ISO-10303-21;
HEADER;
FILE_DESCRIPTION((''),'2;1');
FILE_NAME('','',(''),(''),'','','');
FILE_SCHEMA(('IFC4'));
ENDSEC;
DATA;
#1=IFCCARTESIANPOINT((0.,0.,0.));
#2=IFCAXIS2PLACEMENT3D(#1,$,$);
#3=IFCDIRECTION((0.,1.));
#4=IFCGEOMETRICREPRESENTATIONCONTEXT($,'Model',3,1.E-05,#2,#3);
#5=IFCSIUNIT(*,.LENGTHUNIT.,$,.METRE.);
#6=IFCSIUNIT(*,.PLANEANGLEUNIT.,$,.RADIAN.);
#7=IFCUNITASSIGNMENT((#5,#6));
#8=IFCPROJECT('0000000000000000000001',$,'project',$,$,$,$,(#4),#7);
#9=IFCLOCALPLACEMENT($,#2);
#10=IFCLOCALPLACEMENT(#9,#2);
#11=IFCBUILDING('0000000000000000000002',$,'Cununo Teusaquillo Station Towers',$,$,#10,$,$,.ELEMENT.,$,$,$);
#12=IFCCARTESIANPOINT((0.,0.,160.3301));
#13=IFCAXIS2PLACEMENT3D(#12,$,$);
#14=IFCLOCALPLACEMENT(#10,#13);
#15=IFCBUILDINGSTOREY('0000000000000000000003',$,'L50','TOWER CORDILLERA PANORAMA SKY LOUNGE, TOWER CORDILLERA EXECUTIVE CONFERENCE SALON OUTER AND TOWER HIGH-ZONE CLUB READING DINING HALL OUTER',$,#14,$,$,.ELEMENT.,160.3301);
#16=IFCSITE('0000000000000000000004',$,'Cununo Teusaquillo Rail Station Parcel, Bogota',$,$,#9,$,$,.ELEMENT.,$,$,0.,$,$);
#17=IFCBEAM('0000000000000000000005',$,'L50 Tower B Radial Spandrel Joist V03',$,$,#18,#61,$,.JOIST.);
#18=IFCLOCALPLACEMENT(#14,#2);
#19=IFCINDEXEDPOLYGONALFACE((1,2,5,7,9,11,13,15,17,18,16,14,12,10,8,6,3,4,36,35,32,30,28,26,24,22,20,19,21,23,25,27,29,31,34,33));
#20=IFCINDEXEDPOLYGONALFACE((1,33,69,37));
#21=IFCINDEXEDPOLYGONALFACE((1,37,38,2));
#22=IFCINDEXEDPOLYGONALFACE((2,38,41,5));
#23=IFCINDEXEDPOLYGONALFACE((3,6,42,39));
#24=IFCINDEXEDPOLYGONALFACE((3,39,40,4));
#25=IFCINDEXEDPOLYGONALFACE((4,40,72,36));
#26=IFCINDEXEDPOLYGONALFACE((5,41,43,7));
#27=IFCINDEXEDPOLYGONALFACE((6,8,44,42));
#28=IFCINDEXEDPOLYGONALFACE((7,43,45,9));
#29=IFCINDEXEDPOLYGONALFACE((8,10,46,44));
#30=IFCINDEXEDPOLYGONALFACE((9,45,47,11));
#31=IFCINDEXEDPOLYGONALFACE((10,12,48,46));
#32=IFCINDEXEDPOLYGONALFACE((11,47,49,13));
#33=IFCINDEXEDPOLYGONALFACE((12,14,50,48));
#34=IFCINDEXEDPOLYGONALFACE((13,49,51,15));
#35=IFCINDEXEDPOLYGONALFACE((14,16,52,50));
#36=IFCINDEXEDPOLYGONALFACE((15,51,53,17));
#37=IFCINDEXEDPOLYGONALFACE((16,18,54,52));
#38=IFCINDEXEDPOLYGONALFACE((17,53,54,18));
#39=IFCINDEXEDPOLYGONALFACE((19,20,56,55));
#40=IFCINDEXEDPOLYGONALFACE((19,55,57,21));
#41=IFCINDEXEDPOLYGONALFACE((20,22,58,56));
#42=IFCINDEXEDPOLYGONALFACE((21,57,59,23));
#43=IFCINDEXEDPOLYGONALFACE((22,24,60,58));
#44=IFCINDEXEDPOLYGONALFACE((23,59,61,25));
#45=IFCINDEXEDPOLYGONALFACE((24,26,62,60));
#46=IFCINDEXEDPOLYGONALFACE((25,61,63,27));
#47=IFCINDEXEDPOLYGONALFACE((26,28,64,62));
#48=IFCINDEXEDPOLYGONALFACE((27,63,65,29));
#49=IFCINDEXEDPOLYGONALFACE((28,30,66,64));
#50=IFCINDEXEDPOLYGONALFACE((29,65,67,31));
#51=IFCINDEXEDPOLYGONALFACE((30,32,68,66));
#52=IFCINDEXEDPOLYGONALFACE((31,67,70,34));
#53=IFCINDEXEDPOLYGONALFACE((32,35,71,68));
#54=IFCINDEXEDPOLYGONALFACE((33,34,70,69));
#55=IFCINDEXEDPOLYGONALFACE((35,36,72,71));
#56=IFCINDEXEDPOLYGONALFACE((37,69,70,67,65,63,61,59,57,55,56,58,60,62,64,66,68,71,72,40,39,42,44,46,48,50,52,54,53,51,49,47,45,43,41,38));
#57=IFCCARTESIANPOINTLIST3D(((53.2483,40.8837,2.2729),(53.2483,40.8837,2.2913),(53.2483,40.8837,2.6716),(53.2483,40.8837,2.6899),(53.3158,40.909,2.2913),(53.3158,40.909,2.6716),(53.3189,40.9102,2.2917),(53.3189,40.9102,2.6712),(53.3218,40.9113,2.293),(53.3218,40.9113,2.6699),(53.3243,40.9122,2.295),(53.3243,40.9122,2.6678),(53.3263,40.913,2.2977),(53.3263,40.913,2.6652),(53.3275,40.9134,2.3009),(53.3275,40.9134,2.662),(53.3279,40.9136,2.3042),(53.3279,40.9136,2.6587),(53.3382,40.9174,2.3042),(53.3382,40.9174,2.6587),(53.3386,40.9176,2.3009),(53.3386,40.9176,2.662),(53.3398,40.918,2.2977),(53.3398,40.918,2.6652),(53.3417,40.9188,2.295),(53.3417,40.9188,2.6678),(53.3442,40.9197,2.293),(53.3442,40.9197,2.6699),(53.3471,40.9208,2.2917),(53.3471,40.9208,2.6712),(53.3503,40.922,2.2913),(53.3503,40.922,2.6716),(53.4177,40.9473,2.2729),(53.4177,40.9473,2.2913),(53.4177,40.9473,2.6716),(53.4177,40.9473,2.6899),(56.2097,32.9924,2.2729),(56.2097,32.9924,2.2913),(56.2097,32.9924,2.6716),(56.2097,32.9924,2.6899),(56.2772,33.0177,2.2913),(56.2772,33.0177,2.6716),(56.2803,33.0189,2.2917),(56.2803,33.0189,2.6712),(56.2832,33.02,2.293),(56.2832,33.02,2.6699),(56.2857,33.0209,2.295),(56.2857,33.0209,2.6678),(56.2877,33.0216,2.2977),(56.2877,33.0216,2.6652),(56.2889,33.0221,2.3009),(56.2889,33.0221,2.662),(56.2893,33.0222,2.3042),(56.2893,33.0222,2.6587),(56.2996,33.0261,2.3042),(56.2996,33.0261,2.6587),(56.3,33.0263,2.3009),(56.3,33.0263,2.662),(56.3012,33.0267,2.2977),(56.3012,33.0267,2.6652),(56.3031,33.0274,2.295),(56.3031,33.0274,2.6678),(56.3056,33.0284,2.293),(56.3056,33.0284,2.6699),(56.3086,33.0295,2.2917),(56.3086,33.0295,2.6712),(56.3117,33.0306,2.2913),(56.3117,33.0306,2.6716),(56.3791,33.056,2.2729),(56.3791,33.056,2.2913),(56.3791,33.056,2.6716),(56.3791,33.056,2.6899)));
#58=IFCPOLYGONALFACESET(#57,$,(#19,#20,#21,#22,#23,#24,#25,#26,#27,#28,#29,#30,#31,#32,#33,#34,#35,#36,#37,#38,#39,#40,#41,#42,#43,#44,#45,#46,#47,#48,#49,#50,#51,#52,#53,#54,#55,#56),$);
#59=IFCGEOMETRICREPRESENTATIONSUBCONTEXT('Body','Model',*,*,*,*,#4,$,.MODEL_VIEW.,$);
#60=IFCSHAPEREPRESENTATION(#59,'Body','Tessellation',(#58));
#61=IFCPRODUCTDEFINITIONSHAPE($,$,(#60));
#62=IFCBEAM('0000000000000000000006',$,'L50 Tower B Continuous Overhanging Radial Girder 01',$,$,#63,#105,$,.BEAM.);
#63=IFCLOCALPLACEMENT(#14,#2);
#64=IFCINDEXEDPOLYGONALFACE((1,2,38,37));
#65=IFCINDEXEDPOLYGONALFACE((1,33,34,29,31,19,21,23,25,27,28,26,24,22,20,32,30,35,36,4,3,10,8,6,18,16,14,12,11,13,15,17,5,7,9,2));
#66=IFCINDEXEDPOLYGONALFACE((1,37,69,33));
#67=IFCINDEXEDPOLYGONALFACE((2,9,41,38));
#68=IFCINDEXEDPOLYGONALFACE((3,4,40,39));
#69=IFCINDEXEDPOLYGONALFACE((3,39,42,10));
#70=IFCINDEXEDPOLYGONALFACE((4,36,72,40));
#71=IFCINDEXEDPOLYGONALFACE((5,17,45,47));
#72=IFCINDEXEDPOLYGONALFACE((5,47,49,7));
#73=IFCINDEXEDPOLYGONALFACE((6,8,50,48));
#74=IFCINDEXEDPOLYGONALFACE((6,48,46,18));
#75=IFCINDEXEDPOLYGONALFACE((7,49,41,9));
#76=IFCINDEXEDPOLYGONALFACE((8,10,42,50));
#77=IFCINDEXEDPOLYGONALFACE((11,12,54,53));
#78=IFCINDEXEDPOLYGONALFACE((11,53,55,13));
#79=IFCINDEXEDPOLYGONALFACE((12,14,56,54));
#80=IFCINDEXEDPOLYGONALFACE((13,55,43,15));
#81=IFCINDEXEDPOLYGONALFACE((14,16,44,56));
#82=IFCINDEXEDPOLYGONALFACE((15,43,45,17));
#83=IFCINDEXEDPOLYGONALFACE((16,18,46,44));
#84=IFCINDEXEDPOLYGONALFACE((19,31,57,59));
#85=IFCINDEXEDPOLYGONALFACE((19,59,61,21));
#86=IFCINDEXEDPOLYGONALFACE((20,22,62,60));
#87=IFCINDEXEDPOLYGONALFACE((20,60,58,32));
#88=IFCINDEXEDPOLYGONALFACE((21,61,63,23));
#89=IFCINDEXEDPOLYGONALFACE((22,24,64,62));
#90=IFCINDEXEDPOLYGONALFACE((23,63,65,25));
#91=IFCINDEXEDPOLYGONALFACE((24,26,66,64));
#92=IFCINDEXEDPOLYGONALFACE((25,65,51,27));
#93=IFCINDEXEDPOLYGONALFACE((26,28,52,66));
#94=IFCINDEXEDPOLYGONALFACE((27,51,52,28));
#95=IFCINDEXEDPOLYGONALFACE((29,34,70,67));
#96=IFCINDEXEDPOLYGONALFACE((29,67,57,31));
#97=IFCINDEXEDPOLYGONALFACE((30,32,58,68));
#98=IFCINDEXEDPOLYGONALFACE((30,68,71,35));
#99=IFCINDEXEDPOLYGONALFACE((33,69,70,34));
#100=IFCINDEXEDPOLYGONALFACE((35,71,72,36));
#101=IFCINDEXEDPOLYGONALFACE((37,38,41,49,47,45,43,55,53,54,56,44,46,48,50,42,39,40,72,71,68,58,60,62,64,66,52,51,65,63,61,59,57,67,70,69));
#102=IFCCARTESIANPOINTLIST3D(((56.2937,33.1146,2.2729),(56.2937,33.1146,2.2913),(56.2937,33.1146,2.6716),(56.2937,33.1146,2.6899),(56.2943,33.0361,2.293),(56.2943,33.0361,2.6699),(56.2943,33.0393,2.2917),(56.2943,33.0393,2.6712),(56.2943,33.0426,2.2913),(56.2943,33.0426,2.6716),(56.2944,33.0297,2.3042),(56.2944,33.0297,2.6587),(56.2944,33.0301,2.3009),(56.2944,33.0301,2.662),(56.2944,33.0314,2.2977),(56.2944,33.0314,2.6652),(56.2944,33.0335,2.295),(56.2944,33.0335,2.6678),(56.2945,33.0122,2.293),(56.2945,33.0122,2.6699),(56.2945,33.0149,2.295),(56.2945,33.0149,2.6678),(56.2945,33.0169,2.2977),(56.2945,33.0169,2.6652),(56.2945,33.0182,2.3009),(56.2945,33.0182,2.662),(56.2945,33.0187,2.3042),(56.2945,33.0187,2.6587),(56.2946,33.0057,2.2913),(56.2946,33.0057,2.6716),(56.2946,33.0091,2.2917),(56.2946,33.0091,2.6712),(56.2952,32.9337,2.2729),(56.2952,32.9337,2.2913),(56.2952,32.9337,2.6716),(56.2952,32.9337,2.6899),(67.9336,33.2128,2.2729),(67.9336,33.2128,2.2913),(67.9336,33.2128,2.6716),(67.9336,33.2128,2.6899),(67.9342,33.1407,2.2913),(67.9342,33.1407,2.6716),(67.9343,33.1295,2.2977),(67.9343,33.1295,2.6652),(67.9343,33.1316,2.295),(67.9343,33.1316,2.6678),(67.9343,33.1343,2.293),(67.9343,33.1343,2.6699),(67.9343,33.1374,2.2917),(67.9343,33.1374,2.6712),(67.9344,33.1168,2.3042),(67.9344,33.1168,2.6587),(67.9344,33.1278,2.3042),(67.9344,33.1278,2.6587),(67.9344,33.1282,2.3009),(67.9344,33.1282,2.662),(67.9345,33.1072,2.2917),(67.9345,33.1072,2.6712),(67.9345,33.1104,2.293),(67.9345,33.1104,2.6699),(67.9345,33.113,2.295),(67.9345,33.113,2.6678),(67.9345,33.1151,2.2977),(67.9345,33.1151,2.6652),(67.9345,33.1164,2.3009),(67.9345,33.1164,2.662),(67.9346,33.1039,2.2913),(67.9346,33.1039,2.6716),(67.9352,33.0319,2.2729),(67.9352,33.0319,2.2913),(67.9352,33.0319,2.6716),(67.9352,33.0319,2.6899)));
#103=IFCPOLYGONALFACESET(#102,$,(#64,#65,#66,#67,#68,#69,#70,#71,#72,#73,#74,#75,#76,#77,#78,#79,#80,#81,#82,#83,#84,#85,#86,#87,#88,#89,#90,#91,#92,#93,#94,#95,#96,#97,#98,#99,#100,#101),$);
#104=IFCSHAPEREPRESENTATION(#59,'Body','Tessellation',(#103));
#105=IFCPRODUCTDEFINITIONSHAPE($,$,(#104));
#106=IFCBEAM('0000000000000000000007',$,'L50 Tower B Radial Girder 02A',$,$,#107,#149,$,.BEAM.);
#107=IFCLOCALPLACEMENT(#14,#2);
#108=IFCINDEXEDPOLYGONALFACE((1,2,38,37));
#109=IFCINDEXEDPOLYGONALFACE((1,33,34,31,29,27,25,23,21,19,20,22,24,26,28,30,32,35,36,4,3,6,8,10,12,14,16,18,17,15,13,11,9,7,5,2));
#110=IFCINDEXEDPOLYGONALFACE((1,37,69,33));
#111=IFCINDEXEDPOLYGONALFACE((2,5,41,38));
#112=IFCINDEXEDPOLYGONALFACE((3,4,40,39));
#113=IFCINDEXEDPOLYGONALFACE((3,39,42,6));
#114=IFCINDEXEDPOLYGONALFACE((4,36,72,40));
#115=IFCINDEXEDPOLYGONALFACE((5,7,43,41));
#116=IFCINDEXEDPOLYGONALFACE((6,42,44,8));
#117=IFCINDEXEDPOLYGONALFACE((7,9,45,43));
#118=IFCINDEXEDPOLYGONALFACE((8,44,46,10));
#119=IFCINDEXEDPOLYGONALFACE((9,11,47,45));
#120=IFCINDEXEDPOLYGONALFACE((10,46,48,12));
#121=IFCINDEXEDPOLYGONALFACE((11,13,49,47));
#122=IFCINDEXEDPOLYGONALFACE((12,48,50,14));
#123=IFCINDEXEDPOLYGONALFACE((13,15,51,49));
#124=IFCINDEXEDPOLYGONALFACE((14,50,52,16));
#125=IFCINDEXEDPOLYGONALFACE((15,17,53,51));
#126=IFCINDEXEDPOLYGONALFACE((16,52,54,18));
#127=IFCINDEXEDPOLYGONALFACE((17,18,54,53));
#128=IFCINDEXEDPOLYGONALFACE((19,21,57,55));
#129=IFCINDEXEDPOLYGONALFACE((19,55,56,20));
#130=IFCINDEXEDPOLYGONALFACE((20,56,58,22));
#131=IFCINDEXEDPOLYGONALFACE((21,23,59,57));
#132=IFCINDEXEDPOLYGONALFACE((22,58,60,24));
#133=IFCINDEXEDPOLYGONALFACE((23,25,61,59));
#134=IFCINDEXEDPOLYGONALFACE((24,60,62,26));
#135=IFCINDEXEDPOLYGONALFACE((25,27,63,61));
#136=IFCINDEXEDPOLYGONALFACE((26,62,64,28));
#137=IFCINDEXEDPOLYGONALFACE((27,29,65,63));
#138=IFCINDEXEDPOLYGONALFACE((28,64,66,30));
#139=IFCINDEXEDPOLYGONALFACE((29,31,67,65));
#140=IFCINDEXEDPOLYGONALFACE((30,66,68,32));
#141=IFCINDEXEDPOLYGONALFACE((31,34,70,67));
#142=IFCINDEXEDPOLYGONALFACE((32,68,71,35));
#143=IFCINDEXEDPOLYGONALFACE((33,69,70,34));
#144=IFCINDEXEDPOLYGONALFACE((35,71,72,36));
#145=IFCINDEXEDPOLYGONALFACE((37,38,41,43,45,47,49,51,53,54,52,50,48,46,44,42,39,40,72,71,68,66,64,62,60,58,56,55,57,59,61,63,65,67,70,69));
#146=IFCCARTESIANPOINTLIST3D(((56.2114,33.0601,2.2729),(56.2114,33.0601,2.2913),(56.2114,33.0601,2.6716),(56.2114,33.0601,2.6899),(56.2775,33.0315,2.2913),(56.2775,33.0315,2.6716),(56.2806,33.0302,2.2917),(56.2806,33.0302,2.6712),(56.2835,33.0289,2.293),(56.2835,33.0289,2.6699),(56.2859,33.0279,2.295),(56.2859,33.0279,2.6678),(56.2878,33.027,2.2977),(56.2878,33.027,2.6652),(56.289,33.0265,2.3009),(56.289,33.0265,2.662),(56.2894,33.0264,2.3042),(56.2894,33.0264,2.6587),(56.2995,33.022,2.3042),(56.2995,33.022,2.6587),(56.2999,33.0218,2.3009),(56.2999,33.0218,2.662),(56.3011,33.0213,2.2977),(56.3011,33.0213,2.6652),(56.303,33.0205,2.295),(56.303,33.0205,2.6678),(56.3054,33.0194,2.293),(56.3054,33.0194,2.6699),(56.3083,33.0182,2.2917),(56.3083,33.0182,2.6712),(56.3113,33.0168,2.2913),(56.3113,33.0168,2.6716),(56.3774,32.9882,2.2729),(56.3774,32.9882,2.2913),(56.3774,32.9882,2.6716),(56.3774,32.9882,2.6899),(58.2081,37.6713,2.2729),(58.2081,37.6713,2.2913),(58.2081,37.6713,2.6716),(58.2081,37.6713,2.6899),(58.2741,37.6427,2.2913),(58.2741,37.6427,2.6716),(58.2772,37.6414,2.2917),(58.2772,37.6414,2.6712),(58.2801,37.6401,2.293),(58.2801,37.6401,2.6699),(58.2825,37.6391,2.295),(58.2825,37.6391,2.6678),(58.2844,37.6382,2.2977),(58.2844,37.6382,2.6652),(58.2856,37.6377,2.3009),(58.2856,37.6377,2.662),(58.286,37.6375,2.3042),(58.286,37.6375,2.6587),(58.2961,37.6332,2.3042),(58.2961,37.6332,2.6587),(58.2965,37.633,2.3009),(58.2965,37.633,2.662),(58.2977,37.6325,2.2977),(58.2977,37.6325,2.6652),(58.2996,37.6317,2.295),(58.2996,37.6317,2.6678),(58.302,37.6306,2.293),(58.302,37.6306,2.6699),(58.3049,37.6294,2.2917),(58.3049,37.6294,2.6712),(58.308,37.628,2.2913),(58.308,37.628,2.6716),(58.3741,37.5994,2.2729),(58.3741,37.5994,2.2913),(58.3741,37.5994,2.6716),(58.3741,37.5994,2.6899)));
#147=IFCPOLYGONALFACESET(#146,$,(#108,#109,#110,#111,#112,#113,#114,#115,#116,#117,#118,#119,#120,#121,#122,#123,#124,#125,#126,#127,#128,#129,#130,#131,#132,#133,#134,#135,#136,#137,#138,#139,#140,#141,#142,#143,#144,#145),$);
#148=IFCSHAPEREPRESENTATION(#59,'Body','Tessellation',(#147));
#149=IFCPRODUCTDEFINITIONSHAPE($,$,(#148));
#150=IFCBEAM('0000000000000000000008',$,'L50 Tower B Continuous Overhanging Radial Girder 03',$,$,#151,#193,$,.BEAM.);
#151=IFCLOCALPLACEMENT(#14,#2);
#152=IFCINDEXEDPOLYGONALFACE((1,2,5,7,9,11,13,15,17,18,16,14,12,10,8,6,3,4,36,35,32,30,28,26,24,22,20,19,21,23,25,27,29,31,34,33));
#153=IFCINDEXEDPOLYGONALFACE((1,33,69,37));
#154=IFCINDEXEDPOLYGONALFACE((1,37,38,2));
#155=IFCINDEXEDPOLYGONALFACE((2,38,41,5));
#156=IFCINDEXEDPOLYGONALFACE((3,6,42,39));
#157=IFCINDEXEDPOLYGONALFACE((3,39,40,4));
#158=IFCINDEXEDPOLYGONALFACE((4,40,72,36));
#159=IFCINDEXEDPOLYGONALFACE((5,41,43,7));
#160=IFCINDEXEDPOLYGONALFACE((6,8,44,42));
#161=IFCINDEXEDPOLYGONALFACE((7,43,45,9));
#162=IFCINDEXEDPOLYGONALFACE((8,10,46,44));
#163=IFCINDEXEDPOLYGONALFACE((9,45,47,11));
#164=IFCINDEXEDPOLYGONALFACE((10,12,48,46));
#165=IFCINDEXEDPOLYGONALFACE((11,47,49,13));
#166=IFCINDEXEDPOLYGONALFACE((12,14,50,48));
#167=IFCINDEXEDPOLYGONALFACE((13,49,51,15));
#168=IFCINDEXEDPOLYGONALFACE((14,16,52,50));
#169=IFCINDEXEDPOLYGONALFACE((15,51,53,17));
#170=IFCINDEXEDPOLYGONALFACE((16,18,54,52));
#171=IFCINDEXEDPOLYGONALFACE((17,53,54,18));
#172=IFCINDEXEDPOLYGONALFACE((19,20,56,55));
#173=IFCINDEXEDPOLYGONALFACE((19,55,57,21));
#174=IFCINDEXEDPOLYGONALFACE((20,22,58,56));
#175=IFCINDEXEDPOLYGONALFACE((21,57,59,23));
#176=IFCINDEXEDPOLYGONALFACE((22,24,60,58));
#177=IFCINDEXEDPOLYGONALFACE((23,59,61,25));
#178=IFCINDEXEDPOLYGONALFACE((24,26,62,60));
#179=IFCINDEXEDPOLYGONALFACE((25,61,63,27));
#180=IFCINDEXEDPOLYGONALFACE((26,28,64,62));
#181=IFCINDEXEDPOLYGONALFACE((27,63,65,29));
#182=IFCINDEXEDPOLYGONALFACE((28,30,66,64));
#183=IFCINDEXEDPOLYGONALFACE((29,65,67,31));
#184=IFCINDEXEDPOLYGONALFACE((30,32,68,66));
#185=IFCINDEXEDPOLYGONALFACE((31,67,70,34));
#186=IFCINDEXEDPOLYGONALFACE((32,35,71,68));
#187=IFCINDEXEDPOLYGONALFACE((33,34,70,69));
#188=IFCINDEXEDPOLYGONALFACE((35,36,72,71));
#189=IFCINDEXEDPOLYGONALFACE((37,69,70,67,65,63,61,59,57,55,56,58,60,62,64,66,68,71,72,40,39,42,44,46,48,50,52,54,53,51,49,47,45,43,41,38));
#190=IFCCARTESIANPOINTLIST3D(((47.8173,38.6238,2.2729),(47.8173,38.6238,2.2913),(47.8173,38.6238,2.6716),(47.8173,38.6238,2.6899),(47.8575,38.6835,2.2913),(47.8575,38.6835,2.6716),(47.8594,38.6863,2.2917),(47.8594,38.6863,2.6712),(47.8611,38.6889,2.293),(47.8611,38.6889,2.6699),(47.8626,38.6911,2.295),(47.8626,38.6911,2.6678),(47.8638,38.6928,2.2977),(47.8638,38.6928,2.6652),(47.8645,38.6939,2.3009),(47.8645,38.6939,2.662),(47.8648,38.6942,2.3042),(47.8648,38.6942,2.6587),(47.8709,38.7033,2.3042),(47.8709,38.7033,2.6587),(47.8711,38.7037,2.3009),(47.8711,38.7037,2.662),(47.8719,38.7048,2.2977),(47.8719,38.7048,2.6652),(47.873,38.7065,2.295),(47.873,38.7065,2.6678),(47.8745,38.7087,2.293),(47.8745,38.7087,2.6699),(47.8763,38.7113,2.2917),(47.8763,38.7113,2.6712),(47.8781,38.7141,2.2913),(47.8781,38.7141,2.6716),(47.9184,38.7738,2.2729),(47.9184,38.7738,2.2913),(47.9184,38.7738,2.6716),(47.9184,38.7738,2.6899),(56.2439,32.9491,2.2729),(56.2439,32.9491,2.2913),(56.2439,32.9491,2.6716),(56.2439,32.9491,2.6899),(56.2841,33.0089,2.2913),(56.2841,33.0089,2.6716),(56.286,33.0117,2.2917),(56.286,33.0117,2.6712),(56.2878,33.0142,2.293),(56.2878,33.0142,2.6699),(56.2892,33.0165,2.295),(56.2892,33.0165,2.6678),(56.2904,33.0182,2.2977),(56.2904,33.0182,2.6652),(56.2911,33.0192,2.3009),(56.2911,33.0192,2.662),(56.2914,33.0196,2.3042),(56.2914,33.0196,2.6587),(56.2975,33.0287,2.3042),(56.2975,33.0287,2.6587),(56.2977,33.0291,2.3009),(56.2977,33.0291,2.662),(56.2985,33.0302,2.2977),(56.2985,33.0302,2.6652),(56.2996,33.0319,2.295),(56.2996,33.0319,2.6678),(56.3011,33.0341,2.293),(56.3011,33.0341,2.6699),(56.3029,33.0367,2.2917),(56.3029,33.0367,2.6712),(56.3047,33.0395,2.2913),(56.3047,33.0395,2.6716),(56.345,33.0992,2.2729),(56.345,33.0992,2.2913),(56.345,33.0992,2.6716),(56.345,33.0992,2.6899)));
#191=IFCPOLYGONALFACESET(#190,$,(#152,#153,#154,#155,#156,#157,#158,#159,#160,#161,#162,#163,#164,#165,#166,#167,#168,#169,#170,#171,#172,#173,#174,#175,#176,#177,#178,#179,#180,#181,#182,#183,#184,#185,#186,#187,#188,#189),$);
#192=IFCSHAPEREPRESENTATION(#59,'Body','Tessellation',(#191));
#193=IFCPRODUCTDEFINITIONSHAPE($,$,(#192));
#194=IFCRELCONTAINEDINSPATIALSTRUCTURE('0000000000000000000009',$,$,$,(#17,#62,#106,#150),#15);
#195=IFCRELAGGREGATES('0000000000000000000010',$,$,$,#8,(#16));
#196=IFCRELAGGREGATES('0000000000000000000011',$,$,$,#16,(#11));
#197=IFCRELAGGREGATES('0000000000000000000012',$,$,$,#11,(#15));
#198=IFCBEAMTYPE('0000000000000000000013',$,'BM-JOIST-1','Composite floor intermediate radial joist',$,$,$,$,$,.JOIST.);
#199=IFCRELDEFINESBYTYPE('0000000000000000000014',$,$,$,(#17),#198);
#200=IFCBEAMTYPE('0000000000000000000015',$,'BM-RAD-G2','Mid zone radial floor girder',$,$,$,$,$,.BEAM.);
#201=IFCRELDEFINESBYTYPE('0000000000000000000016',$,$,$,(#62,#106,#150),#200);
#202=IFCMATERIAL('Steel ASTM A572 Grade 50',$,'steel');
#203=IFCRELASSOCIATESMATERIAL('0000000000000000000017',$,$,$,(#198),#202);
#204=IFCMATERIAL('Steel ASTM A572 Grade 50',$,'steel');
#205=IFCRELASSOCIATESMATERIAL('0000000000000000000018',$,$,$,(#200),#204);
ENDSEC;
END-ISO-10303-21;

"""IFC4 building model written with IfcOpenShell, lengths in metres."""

from ifc_helpers import new_model, si_unit, direction, frame, origin, origin_2d, place, context, subcontext, project, spatial, i_section, extrude, material, material_profile, profile_set, type_object, element, save


model = new_model("IFC4")

# Units and contexts
model_context = context("Model", 3, precision=1e-05, world=origin(), true_north=direction((0.0, 1.0)))
body_context = subcontext(model_context, "Body", "Model", "MODEL_VIEW")
ifc_project = project(units=[si_unit("LENGTHUNIT", "METRE"), si_unit("PLANEANGLEUNIT", "RADIAN")], contexts=[model_context])

# Site, building, storey
site_placement = place(None, origin())
site = spatial("IfcSite", under=ifc_project, at=site_placement, Name="Cununo Teusaquillo Rail Station Parcel, Bogota", CompositionType="ELEMENT", RefElevation=0.0)
building_placement = place(site_placement, origin())
building = spatial("IfcBuilding", under=site, at=building_placement, Name="Cununo Teusaquillo Station Towers", CompositionType="ELEMENT")
storey_placement = place(building_placement, frame((0.0, 0.0, 160.3301)))
storey = spatial("IfcBuildingStorey", under=building, at=storey_placement, Name="L50", Description="TOWER CORDILLERA PANORAMA SKY LOUNGE, TOWER CORDILLERA EXECUTIVE CONFERENCE SALON OUTER AND TOWER HIGH-ZONE CLUB READING DINING HALL OUTER", CompositionType="ELEMENT", Elevation=160.3301)

# Beams
ifc_material_1 = material(Name="Steel ASTM A572 Grade 50", Category="steel")
ifc_material_profile_1 = material_profile(ifc_material_1, i_section(OverallWidth=0.1809, OverallDepth=0.417, WebThickness=0.011, FlangeThickness=0.0183, FilletRadius=0.0129, at=origin_2d()), Name="W16X57")
ifc_profile_set_1 = profile_set([ifc_material_profile_1], Name="Steel ASTM A572 Grade 50")
beam_type_1 = type_object("IfcBeamType", Name="BM-JOIST-1", Description="Composite floor intermediate radial joist", PredefinedType="JOIST", material=ifc_profile_set_1)
beam_1_placement = place(storey_placement, frame((56.2944, 33.0242, 2.4814), z_axis=(-0.351349, 0.936245, 0.0), x_axis=(-0.936245, -0.351349, 0.0)))
element("IfcBeam", 1, at=beam_1_placement, inside=storey, type_object=beam_type_1, Name="L50 Tower B Radial Spandrel Joist V03", PredefinedType="JOIST", context=body_context, shape_type="SweptSolid", body=[
    extrude(i_section(OverallWidth=0.1809, OverallDepth=0.417, WebThickness=0.011, FlangeThickness=0.0183, FilletRadius=0.0129, at=origin_2d()), origin(), (0.0, 0.0, 1.0), 8.4287),
])
ifc_material_2 = material(Name="Steel ASTM A572 Grade 50", Category="steel")
ifc_material_profile_2 = material_profile(ifc_material_2, i_section(OverallWidth=0.1809, OverallDepth=0.417, WebThickness=0.011, FlangeThickness=0.0183, FilletRadius=0.0129, at=origin_2d()), Name="W16X57")
ifc_profile_set_2 = profile_set([ifc_material_profile_2], Name="Steel ASTM A572 Grade 50")
beam_type_2 = type_object("IfcBeamType", Name="BM-RAD-G2", Description="Mid zone radial floor girder", PredefinedType="BEAM", material=ifc_profile_set_2)
beam_2_placement = place(storey_placement, frame((56.2944, 33.0242, 2.4814), z_axis=(0.999964, 0.008431, 0.0), x_axis=(-0.008431, 0.999964, 0.0)))
element("IfcBeam", 2, at=beam_2_placement, inside=storey, type_object=beam_type_2, Name="L50 Tower B Continuous Overhanging Radial Girder 01", PredefinedType="BEAM", context=body_context, shape_type="SweptSolid", body=[
    extrude(i_section(OverallWidth=0.1809, OverallDepth=0.417, WebThickness=0.011, FlangeThickness=0.0183, FilletRadius=0.0129, at=origin_2d()), origin(), (0.0, 0.0, 1.0), 11.6404),
])
beam_3_placement = place(storey_placement, frame((56.2944, 33.0242, 2.4814), z_axis=(0.397347, 0.917668, 0.0), x_axis=(-0.917668, 0.397347, 0.0)))
element("IfcBeam", 3, at=beam_3_placement, inside=storey, type_object=beam_type_2, Name="L50 Tower B Radial Girder 02A", PredefinedType="BEAM", context=body_context, shape_type="SweptSolid", body=[
    extrude(i_section(OverallWidth=0.1809, OverallDepth=0.417, WebThickness=0.011, FlangeThickness=0.0183, FilletRadius=0.0129, at=origin_2d()), origin(), (0.0, 0.0, 1.0), 5.0249),
])
beam_4_placement = place(storey_placement, frame((56.2944, 33.0242, 2.4814), z_axis=(-0.829457, 0.558571, 0.0), x_axis=(-0.558571, -0.829457, 0.0)))
element("IfcBeam", 4, at=beam_4_placement, inside=storey, type_object=beam_type_2, Name="L50 Tower B Continuous Overhanging Radial Girder 03", PredefinedType="BEAM", context=body_context, shape_type="SweptSolid", body=[
    extrude(i_section(OverallWidth=0.1809, OverallDepth=0.417, WebThickness=0.011, FlangeThickness=0.0183, FilletRadius=0.0129, at=origin_2d()), origin(), (0.0, 0.0, 1.0), 10.1592),
])

save(model, "model.ifc")
